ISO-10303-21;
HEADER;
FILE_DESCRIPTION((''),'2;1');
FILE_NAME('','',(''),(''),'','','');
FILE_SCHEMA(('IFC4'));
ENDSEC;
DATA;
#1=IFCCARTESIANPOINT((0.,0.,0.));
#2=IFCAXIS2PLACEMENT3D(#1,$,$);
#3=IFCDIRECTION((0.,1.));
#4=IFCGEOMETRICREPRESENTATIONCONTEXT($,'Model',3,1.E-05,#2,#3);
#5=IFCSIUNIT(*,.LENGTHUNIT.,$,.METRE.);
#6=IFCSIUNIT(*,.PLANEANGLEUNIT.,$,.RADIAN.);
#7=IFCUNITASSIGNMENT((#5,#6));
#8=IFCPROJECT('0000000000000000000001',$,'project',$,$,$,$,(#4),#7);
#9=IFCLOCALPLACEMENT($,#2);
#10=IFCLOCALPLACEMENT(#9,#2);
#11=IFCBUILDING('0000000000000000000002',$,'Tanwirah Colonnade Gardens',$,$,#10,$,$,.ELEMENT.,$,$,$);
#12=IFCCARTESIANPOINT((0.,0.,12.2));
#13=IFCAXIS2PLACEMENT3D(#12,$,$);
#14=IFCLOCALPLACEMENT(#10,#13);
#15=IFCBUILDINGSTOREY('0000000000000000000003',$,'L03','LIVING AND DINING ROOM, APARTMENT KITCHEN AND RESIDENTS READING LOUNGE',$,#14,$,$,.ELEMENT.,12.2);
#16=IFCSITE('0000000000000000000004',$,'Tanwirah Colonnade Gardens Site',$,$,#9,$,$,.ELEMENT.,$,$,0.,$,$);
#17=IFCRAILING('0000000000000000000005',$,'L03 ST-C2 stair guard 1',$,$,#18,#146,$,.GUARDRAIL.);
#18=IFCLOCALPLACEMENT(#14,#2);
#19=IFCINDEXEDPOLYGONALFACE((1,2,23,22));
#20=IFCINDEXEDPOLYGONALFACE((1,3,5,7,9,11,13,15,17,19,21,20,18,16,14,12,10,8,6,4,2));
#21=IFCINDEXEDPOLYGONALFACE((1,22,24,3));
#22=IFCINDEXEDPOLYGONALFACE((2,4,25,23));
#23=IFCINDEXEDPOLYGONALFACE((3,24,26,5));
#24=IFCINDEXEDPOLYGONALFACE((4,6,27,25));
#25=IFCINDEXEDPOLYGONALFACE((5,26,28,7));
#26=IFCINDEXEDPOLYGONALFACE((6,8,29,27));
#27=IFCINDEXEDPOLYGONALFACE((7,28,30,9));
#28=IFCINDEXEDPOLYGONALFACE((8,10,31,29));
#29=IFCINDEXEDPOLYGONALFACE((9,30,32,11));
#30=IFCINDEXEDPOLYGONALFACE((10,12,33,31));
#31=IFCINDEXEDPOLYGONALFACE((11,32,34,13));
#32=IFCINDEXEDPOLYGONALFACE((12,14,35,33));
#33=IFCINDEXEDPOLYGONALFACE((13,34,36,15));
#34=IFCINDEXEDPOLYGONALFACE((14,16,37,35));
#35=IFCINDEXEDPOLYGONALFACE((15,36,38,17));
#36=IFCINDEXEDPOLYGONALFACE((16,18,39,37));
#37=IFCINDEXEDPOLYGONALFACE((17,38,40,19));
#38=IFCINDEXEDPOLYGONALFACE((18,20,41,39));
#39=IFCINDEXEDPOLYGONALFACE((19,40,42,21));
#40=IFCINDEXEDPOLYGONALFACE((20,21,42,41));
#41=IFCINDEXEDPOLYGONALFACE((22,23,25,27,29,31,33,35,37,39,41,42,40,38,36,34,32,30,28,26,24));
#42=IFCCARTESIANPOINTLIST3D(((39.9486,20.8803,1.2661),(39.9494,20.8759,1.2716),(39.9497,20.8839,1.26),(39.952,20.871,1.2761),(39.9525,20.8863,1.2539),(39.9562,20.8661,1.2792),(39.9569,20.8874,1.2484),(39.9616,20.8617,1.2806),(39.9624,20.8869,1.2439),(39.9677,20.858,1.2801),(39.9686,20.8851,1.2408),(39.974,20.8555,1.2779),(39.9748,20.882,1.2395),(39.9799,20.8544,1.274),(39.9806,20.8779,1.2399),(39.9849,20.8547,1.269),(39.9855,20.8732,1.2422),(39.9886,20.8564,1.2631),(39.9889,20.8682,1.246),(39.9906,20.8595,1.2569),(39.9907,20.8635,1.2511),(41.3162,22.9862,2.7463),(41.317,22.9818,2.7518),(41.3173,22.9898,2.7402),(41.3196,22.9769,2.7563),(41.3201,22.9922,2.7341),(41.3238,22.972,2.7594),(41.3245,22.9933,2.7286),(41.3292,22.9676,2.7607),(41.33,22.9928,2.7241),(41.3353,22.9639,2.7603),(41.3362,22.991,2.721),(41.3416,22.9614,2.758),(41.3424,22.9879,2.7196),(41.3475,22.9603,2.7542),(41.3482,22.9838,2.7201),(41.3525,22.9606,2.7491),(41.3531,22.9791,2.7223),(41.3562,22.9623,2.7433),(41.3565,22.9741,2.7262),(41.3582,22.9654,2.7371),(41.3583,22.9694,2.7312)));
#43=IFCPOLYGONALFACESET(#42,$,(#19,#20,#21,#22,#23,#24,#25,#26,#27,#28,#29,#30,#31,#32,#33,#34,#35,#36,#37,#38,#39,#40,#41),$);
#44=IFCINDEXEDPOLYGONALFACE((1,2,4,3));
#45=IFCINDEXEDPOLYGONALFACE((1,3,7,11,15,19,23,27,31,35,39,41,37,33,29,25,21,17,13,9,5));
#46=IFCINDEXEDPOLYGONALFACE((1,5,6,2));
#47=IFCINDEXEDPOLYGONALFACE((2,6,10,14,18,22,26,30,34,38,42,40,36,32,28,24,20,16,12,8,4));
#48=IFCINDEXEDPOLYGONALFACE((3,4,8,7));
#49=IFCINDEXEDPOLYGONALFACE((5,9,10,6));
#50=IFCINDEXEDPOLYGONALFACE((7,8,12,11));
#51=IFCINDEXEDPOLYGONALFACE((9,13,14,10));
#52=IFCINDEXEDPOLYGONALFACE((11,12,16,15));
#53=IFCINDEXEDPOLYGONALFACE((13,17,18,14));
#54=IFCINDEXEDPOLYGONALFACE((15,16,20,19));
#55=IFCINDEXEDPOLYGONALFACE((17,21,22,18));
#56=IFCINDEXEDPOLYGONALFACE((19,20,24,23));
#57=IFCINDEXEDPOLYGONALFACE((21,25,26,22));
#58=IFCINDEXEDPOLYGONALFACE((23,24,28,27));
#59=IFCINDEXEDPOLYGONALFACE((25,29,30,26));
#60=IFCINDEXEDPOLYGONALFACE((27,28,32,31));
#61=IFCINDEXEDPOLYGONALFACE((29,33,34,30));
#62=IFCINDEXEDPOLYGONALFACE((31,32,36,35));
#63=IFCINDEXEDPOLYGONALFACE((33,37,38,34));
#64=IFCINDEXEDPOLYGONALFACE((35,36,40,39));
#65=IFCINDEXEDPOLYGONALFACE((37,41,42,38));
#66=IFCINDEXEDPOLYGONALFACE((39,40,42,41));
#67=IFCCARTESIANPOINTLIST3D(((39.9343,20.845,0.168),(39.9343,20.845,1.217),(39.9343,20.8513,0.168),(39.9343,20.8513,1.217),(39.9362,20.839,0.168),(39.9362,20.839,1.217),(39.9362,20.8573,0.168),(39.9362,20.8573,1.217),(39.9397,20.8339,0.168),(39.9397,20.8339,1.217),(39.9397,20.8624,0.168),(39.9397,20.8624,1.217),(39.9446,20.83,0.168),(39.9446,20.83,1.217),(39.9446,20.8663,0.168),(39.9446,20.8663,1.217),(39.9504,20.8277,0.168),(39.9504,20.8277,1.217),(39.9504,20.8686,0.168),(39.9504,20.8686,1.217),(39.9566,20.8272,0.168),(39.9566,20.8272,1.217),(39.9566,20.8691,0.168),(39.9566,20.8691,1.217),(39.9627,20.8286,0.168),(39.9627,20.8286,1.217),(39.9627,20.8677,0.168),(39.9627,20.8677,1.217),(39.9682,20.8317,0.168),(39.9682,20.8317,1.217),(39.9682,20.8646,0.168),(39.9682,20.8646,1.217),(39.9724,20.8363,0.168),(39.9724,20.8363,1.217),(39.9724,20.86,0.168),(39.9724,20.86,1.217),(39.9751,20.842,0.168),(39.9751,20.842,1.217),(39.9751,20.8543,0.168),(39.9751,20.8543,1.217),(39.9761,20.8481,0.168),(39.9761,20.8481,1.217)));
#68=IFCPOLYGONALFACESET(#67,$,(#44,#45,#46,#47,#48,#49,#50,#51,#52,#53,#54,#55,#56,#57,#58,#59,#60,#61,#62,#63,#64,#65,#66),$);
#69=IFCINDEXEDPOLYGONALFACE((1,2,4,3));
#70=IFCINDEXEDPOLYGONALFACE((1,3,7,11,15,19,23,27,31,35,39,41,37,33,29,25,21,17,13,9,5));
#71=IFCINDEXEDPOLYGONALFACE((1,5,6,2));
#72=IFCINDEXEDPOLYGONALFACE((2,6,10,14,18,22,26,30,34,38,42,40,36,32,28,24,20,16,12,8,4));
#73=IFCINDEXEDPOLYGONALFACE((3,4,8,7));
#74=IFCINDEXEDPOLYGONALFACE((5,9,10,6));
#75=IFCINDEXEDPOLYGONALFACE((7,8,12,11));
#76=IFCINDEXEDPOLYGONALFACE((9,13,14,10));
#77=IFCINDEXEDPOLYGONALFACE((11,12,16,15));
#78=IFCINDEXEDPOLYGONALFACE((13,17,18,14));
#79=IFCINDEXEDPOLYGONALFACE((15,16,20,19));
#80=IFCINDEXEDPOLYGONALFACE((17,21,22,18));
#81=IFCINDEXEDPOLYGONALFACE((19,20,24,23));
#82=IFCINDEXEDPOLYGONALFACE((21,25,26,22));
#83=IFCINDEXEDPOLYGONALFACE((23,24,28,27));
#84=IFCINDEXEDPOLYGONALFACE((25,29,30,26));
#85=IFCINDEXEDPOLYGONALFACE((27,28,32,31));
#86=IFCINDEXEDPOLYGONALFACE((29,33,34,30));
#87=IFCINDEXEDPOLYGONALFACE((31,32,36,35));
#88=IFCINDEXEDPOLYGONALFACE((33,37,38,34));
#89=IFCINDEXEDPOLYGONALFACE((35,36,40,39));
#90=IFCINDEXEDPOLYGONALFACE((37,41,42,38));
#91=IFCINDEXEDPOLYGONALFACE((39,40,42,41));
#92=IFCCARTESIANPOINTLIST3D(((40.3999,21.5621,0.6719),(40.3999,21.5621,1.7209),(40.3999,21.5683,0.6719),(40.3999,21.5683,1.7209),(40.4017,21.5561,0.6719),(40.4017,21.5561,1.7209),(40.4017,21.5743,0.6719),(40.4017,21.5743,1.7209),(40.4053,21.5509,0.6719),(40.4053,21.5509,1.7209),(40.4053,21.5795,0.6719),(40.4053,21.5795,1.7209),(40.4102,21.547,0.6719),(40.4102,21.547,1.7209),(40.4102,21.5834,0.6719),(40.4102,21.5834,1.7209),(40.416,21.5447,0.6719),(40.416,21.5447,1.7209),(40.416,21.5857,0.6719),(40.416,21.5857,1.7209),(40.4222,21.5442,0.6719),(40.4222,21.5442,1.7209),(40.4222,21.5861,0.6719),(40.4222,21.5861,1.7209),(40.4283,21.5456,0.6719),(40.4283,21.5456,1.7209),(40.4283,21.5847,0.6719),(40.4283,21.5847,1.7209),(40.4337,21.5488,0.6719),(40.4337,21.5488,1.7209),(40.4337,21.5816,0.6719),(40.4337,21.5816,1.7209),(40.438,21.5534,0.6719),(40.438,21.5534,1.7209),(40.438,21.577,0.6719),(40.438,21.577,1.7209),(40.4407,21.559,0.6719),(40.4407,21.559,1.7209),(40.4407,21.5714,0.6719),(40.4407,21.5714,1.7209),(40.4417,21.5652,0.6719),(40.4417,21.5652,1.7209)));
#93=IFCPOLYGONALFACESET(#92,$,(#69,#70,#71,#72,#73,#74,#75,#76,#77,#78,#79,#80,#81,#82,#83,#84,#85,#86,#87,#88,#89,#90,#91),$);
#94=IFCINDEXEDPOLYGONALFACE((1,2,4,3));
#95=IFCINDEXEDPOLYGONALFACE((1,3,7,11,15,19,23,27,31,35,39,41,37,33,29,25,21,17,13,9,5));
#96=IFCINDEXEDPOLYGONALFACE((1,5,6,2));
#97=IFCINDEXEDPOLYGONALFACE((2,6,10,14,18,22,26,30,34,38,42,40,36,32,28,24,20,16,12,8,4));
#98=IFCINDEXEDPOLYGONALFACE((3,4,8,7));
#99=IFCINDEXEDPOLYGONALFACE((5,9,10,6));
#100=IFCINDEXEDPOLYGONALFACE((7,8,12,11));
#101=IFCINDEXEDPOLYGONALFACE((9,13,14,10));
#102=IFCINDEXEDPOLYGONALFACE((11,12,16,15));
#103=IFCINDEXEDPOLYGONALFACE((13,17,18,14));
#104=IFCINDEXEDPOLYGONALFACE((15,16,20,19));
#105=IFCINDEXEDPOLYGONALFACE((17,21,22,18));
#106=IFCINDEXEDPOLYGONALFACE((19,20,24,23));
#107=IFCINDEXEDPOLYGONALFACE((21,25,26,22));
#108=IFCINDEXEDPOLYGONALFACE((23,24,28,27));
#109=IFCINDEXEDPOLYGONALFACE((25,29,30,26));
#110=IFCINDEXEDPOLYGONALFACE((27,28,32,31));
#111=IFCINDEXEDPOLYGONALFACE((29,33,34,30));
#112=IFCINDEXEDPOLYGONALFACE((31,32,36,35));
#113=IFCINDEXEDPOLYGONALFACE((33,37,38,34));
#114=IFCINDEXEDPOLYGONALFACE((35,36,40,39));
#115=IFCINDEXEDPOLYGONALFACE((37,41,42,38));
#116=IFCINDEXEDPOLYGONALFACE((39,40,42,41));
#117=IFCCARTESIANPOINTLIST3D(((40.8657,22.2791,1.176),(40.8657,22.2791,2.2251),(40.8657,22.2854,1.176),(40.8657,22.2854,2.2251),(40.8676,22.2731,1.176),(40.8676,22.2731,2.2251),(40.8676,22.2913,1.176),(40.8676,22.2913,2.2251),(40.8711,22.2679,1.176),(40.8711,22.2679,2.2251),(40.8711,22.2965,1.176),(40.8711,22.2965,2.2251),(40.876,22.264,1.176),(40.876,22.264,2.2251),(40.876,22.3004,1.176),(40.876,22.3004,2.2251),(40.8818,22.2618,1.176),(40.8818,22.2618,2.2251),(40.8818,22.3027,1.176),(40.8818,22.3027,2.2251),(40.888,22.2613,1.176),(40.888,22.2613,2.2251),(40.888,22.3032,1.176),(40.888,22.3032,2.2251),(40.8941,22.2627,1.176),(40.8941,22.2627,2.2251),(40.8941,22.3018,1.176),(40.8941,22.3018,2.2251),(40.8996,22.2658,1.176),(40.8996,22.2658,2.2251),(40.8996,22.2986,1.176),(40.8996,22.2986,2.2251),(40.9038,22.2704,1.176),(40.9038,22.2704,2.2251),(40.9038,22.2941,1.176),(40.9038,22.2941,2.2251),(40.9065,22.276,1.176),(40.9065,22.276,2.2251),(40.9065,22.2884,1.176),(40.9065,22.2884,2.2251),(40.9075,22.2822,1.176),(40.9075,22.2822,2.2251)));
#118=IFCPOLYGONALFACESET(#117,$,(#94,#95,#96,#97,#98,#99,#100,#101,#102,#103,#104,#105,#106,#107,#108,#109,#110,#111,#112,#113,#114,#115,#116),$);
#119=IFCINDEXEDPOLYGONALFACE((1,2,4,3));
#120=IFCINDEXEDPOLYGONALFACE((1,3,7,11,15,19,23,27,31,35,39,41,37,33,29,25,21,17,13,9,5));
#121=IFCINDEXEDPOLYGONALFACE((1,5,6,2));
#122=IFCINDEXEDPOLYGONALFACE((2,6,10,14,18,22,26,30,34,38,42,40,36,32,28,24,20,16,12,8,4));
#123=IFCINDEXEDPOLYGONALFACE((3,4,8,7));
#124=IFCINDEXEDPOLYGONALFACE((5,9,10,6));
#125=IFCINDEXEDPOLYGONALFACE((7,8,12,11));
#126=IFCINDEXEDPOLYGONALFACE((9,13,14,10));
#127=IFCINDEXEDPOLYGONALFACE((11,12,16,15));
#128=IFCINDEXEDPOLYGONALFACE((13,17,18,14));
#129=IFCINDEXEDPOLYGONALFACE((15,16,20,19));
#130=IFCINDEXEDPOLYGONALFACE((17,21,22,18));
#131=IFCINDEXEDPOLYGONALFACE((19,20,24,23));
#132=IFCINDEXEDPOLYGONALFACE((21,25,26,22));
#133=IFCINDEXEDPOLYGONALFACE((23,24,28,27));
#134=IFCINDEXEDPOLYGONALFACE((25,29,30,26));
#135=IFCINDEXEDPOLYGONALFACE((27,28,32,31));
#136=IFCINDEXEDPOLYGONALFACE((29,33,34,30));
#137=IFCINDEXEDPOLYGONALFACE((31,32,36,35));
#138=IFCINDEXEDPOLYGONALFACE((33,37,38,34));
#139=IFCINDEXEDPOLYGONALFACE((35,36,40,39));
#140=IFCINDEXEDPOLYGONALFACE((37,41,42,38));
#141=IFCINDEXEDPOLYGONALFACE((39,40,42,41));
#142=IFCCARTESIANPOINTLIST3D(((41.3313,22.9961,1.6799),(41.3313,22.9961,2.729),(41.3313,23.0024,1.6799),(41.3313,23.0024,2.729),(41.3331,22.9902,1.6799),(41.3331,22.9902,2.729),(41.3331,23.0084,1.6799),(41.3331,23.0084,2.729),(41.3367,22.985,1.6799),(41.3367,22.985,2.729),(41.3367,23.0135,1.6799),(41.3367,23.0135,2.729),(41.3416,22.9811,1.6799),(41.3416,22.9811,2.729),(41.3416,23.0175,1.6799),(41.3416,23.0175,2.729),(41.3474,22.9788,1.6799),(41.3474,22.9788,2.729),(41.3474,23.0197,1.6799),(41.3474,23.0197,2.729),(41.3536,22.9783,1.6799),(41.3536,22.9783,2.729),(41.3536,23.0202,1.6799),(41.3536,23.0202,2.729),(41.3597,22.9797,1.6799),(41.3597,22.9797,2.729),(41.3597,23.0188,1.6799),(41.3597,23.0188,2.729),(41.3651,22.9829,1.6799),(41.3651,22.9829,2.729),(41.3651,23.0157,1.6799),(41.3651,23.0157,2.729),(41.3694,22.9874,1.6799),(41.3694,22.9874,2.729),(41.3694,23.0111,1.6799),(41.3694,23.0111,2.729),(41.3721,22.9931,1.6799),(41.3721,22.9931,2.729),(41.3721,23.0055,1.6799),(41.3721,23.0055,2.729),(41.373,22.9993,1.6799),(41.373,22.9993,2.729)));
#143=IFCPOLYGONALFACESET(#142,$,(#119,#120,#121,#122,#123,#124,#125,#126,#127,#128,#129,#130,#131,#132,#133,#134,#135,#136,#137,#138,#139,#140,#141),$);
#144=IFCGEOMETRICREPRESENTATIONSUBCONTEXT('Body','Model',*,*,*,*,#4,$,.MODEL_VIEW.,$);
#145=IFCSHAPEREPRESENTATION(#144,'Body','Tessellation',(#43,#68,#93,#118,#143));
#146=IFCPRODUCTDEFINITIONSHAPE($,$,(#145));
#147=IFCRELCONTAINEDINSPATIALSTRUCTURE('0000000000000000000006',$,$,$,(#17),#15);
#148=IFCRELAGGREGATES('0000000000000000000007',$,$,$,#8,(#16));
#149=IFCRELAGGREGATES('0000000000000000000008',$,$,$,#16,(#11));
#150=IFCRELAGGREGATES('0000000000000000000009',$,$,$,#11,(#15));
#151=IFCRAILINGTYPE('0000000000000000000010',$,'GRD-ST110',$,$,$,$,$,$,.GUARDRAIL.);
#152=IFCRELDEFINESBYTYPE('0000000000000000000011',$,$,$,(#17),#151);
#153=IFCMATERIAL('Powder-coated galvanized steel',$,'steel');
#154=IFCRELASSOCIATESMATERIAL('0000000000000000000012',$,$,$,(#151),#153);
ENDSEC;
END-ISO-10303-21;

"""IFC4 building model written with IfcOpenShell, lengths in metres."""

from ifc_helpers import new_model, si_unit, direction, frame, origin, origin_2d, place, context, subcontext, project, spatial, circle, extrude, material, type_object, element, save


model = new_model("IFC4")

# Units and contexts
model_context = context("Model", 3, precision=1e-05, world=origin(), true_north=direction((0.0, 1.0)))
body_context = subcontext(model_context, "Body", "Model", "MODEL_VIEW")
ifc_project = project(units=[si_unit("LENGTHUNIT", "METRE"), si_unit("PLANEANGLEUNIT", "RADIAN")], contexts=[model_context])

# Site, building, storey
site_placement = place(None, origin())
site = spatial("IfcSite", under=ifc_project, at=site_placement, Name="Tanwirah Colonnade Gardens Site", CompositionType="ELEMENT", RefElevation=0.0)
building_placement = place(site_placement, origin())
building = spatial("IfcBuilding", under=site, at=building_placement, Name="Tanwirah Colonnade Gardens", CompositionType="ELEMENT")
storey_placement = place(building_placement, frame((0.0, 0.0, 12.2)))
storey = spatial("IfcBuildingStorey", under=building, at=storey_placement, Name="L03", Description="LIVING AND DINING ROOM, APARTMENT KITCHEN AND RESIDENTS READING LOUNGE", CompositionType="ELEMENT", Elevation=12.2)

# Railing
ifc_material_1 = material(Name="Powder-coated galvanized steel", Category="steel")
railing_type_1 = type_object("IfcRailingType", Name="GRD-ST110", PredefinedType="GUARDRAIL", material=ifc_material_1)
railing_1_placement = place(storey_placement, frame((39.9551, 20.8481, 0.168)))
element("IfcRailing", 1, at=railing_1_placement, inside=storey, type_object=railing_type_1, Name="L03 ST-C2 stair guard 1", PredefinedType="GUARDRAIL", context=body_context, shape_type="SweptSolid", body=[
    extrude(circle(Radius=0.0239, at=origin_2d()), frame((0.0146, 0.0227, 1.092), z_axis=(0.469193, 0.722484, 0.507814), x_axis=(-0.838668, 0.544644, 0.0)), (0.0, 0.0, 1.0), 2.9148),
    extrude(circle(Radius=0.021, at=origin_2d()), origin(), (0.0, 0.0, 1.0), 1.0491),
    extrude(circle(Radius=0.021, at=origin_2d()), frame((0.4656, 0.717, 0.5039)), (0.0, 0.0, 1.0), 1.0491),
    extrude(circle(Radius=0.021, at=origin_2d()), frame((0.9314, 1.4341, 1.0081)), (0.0, 0.0, 1.0), 1.0491),
    extrude(circle(Radius=0.021, at=origin_2d()), frame((1.397, 2.1511, 1.512)), (0.0, 0.0, 1.0), 1.0491),
])

save(model, "model.ifc")
